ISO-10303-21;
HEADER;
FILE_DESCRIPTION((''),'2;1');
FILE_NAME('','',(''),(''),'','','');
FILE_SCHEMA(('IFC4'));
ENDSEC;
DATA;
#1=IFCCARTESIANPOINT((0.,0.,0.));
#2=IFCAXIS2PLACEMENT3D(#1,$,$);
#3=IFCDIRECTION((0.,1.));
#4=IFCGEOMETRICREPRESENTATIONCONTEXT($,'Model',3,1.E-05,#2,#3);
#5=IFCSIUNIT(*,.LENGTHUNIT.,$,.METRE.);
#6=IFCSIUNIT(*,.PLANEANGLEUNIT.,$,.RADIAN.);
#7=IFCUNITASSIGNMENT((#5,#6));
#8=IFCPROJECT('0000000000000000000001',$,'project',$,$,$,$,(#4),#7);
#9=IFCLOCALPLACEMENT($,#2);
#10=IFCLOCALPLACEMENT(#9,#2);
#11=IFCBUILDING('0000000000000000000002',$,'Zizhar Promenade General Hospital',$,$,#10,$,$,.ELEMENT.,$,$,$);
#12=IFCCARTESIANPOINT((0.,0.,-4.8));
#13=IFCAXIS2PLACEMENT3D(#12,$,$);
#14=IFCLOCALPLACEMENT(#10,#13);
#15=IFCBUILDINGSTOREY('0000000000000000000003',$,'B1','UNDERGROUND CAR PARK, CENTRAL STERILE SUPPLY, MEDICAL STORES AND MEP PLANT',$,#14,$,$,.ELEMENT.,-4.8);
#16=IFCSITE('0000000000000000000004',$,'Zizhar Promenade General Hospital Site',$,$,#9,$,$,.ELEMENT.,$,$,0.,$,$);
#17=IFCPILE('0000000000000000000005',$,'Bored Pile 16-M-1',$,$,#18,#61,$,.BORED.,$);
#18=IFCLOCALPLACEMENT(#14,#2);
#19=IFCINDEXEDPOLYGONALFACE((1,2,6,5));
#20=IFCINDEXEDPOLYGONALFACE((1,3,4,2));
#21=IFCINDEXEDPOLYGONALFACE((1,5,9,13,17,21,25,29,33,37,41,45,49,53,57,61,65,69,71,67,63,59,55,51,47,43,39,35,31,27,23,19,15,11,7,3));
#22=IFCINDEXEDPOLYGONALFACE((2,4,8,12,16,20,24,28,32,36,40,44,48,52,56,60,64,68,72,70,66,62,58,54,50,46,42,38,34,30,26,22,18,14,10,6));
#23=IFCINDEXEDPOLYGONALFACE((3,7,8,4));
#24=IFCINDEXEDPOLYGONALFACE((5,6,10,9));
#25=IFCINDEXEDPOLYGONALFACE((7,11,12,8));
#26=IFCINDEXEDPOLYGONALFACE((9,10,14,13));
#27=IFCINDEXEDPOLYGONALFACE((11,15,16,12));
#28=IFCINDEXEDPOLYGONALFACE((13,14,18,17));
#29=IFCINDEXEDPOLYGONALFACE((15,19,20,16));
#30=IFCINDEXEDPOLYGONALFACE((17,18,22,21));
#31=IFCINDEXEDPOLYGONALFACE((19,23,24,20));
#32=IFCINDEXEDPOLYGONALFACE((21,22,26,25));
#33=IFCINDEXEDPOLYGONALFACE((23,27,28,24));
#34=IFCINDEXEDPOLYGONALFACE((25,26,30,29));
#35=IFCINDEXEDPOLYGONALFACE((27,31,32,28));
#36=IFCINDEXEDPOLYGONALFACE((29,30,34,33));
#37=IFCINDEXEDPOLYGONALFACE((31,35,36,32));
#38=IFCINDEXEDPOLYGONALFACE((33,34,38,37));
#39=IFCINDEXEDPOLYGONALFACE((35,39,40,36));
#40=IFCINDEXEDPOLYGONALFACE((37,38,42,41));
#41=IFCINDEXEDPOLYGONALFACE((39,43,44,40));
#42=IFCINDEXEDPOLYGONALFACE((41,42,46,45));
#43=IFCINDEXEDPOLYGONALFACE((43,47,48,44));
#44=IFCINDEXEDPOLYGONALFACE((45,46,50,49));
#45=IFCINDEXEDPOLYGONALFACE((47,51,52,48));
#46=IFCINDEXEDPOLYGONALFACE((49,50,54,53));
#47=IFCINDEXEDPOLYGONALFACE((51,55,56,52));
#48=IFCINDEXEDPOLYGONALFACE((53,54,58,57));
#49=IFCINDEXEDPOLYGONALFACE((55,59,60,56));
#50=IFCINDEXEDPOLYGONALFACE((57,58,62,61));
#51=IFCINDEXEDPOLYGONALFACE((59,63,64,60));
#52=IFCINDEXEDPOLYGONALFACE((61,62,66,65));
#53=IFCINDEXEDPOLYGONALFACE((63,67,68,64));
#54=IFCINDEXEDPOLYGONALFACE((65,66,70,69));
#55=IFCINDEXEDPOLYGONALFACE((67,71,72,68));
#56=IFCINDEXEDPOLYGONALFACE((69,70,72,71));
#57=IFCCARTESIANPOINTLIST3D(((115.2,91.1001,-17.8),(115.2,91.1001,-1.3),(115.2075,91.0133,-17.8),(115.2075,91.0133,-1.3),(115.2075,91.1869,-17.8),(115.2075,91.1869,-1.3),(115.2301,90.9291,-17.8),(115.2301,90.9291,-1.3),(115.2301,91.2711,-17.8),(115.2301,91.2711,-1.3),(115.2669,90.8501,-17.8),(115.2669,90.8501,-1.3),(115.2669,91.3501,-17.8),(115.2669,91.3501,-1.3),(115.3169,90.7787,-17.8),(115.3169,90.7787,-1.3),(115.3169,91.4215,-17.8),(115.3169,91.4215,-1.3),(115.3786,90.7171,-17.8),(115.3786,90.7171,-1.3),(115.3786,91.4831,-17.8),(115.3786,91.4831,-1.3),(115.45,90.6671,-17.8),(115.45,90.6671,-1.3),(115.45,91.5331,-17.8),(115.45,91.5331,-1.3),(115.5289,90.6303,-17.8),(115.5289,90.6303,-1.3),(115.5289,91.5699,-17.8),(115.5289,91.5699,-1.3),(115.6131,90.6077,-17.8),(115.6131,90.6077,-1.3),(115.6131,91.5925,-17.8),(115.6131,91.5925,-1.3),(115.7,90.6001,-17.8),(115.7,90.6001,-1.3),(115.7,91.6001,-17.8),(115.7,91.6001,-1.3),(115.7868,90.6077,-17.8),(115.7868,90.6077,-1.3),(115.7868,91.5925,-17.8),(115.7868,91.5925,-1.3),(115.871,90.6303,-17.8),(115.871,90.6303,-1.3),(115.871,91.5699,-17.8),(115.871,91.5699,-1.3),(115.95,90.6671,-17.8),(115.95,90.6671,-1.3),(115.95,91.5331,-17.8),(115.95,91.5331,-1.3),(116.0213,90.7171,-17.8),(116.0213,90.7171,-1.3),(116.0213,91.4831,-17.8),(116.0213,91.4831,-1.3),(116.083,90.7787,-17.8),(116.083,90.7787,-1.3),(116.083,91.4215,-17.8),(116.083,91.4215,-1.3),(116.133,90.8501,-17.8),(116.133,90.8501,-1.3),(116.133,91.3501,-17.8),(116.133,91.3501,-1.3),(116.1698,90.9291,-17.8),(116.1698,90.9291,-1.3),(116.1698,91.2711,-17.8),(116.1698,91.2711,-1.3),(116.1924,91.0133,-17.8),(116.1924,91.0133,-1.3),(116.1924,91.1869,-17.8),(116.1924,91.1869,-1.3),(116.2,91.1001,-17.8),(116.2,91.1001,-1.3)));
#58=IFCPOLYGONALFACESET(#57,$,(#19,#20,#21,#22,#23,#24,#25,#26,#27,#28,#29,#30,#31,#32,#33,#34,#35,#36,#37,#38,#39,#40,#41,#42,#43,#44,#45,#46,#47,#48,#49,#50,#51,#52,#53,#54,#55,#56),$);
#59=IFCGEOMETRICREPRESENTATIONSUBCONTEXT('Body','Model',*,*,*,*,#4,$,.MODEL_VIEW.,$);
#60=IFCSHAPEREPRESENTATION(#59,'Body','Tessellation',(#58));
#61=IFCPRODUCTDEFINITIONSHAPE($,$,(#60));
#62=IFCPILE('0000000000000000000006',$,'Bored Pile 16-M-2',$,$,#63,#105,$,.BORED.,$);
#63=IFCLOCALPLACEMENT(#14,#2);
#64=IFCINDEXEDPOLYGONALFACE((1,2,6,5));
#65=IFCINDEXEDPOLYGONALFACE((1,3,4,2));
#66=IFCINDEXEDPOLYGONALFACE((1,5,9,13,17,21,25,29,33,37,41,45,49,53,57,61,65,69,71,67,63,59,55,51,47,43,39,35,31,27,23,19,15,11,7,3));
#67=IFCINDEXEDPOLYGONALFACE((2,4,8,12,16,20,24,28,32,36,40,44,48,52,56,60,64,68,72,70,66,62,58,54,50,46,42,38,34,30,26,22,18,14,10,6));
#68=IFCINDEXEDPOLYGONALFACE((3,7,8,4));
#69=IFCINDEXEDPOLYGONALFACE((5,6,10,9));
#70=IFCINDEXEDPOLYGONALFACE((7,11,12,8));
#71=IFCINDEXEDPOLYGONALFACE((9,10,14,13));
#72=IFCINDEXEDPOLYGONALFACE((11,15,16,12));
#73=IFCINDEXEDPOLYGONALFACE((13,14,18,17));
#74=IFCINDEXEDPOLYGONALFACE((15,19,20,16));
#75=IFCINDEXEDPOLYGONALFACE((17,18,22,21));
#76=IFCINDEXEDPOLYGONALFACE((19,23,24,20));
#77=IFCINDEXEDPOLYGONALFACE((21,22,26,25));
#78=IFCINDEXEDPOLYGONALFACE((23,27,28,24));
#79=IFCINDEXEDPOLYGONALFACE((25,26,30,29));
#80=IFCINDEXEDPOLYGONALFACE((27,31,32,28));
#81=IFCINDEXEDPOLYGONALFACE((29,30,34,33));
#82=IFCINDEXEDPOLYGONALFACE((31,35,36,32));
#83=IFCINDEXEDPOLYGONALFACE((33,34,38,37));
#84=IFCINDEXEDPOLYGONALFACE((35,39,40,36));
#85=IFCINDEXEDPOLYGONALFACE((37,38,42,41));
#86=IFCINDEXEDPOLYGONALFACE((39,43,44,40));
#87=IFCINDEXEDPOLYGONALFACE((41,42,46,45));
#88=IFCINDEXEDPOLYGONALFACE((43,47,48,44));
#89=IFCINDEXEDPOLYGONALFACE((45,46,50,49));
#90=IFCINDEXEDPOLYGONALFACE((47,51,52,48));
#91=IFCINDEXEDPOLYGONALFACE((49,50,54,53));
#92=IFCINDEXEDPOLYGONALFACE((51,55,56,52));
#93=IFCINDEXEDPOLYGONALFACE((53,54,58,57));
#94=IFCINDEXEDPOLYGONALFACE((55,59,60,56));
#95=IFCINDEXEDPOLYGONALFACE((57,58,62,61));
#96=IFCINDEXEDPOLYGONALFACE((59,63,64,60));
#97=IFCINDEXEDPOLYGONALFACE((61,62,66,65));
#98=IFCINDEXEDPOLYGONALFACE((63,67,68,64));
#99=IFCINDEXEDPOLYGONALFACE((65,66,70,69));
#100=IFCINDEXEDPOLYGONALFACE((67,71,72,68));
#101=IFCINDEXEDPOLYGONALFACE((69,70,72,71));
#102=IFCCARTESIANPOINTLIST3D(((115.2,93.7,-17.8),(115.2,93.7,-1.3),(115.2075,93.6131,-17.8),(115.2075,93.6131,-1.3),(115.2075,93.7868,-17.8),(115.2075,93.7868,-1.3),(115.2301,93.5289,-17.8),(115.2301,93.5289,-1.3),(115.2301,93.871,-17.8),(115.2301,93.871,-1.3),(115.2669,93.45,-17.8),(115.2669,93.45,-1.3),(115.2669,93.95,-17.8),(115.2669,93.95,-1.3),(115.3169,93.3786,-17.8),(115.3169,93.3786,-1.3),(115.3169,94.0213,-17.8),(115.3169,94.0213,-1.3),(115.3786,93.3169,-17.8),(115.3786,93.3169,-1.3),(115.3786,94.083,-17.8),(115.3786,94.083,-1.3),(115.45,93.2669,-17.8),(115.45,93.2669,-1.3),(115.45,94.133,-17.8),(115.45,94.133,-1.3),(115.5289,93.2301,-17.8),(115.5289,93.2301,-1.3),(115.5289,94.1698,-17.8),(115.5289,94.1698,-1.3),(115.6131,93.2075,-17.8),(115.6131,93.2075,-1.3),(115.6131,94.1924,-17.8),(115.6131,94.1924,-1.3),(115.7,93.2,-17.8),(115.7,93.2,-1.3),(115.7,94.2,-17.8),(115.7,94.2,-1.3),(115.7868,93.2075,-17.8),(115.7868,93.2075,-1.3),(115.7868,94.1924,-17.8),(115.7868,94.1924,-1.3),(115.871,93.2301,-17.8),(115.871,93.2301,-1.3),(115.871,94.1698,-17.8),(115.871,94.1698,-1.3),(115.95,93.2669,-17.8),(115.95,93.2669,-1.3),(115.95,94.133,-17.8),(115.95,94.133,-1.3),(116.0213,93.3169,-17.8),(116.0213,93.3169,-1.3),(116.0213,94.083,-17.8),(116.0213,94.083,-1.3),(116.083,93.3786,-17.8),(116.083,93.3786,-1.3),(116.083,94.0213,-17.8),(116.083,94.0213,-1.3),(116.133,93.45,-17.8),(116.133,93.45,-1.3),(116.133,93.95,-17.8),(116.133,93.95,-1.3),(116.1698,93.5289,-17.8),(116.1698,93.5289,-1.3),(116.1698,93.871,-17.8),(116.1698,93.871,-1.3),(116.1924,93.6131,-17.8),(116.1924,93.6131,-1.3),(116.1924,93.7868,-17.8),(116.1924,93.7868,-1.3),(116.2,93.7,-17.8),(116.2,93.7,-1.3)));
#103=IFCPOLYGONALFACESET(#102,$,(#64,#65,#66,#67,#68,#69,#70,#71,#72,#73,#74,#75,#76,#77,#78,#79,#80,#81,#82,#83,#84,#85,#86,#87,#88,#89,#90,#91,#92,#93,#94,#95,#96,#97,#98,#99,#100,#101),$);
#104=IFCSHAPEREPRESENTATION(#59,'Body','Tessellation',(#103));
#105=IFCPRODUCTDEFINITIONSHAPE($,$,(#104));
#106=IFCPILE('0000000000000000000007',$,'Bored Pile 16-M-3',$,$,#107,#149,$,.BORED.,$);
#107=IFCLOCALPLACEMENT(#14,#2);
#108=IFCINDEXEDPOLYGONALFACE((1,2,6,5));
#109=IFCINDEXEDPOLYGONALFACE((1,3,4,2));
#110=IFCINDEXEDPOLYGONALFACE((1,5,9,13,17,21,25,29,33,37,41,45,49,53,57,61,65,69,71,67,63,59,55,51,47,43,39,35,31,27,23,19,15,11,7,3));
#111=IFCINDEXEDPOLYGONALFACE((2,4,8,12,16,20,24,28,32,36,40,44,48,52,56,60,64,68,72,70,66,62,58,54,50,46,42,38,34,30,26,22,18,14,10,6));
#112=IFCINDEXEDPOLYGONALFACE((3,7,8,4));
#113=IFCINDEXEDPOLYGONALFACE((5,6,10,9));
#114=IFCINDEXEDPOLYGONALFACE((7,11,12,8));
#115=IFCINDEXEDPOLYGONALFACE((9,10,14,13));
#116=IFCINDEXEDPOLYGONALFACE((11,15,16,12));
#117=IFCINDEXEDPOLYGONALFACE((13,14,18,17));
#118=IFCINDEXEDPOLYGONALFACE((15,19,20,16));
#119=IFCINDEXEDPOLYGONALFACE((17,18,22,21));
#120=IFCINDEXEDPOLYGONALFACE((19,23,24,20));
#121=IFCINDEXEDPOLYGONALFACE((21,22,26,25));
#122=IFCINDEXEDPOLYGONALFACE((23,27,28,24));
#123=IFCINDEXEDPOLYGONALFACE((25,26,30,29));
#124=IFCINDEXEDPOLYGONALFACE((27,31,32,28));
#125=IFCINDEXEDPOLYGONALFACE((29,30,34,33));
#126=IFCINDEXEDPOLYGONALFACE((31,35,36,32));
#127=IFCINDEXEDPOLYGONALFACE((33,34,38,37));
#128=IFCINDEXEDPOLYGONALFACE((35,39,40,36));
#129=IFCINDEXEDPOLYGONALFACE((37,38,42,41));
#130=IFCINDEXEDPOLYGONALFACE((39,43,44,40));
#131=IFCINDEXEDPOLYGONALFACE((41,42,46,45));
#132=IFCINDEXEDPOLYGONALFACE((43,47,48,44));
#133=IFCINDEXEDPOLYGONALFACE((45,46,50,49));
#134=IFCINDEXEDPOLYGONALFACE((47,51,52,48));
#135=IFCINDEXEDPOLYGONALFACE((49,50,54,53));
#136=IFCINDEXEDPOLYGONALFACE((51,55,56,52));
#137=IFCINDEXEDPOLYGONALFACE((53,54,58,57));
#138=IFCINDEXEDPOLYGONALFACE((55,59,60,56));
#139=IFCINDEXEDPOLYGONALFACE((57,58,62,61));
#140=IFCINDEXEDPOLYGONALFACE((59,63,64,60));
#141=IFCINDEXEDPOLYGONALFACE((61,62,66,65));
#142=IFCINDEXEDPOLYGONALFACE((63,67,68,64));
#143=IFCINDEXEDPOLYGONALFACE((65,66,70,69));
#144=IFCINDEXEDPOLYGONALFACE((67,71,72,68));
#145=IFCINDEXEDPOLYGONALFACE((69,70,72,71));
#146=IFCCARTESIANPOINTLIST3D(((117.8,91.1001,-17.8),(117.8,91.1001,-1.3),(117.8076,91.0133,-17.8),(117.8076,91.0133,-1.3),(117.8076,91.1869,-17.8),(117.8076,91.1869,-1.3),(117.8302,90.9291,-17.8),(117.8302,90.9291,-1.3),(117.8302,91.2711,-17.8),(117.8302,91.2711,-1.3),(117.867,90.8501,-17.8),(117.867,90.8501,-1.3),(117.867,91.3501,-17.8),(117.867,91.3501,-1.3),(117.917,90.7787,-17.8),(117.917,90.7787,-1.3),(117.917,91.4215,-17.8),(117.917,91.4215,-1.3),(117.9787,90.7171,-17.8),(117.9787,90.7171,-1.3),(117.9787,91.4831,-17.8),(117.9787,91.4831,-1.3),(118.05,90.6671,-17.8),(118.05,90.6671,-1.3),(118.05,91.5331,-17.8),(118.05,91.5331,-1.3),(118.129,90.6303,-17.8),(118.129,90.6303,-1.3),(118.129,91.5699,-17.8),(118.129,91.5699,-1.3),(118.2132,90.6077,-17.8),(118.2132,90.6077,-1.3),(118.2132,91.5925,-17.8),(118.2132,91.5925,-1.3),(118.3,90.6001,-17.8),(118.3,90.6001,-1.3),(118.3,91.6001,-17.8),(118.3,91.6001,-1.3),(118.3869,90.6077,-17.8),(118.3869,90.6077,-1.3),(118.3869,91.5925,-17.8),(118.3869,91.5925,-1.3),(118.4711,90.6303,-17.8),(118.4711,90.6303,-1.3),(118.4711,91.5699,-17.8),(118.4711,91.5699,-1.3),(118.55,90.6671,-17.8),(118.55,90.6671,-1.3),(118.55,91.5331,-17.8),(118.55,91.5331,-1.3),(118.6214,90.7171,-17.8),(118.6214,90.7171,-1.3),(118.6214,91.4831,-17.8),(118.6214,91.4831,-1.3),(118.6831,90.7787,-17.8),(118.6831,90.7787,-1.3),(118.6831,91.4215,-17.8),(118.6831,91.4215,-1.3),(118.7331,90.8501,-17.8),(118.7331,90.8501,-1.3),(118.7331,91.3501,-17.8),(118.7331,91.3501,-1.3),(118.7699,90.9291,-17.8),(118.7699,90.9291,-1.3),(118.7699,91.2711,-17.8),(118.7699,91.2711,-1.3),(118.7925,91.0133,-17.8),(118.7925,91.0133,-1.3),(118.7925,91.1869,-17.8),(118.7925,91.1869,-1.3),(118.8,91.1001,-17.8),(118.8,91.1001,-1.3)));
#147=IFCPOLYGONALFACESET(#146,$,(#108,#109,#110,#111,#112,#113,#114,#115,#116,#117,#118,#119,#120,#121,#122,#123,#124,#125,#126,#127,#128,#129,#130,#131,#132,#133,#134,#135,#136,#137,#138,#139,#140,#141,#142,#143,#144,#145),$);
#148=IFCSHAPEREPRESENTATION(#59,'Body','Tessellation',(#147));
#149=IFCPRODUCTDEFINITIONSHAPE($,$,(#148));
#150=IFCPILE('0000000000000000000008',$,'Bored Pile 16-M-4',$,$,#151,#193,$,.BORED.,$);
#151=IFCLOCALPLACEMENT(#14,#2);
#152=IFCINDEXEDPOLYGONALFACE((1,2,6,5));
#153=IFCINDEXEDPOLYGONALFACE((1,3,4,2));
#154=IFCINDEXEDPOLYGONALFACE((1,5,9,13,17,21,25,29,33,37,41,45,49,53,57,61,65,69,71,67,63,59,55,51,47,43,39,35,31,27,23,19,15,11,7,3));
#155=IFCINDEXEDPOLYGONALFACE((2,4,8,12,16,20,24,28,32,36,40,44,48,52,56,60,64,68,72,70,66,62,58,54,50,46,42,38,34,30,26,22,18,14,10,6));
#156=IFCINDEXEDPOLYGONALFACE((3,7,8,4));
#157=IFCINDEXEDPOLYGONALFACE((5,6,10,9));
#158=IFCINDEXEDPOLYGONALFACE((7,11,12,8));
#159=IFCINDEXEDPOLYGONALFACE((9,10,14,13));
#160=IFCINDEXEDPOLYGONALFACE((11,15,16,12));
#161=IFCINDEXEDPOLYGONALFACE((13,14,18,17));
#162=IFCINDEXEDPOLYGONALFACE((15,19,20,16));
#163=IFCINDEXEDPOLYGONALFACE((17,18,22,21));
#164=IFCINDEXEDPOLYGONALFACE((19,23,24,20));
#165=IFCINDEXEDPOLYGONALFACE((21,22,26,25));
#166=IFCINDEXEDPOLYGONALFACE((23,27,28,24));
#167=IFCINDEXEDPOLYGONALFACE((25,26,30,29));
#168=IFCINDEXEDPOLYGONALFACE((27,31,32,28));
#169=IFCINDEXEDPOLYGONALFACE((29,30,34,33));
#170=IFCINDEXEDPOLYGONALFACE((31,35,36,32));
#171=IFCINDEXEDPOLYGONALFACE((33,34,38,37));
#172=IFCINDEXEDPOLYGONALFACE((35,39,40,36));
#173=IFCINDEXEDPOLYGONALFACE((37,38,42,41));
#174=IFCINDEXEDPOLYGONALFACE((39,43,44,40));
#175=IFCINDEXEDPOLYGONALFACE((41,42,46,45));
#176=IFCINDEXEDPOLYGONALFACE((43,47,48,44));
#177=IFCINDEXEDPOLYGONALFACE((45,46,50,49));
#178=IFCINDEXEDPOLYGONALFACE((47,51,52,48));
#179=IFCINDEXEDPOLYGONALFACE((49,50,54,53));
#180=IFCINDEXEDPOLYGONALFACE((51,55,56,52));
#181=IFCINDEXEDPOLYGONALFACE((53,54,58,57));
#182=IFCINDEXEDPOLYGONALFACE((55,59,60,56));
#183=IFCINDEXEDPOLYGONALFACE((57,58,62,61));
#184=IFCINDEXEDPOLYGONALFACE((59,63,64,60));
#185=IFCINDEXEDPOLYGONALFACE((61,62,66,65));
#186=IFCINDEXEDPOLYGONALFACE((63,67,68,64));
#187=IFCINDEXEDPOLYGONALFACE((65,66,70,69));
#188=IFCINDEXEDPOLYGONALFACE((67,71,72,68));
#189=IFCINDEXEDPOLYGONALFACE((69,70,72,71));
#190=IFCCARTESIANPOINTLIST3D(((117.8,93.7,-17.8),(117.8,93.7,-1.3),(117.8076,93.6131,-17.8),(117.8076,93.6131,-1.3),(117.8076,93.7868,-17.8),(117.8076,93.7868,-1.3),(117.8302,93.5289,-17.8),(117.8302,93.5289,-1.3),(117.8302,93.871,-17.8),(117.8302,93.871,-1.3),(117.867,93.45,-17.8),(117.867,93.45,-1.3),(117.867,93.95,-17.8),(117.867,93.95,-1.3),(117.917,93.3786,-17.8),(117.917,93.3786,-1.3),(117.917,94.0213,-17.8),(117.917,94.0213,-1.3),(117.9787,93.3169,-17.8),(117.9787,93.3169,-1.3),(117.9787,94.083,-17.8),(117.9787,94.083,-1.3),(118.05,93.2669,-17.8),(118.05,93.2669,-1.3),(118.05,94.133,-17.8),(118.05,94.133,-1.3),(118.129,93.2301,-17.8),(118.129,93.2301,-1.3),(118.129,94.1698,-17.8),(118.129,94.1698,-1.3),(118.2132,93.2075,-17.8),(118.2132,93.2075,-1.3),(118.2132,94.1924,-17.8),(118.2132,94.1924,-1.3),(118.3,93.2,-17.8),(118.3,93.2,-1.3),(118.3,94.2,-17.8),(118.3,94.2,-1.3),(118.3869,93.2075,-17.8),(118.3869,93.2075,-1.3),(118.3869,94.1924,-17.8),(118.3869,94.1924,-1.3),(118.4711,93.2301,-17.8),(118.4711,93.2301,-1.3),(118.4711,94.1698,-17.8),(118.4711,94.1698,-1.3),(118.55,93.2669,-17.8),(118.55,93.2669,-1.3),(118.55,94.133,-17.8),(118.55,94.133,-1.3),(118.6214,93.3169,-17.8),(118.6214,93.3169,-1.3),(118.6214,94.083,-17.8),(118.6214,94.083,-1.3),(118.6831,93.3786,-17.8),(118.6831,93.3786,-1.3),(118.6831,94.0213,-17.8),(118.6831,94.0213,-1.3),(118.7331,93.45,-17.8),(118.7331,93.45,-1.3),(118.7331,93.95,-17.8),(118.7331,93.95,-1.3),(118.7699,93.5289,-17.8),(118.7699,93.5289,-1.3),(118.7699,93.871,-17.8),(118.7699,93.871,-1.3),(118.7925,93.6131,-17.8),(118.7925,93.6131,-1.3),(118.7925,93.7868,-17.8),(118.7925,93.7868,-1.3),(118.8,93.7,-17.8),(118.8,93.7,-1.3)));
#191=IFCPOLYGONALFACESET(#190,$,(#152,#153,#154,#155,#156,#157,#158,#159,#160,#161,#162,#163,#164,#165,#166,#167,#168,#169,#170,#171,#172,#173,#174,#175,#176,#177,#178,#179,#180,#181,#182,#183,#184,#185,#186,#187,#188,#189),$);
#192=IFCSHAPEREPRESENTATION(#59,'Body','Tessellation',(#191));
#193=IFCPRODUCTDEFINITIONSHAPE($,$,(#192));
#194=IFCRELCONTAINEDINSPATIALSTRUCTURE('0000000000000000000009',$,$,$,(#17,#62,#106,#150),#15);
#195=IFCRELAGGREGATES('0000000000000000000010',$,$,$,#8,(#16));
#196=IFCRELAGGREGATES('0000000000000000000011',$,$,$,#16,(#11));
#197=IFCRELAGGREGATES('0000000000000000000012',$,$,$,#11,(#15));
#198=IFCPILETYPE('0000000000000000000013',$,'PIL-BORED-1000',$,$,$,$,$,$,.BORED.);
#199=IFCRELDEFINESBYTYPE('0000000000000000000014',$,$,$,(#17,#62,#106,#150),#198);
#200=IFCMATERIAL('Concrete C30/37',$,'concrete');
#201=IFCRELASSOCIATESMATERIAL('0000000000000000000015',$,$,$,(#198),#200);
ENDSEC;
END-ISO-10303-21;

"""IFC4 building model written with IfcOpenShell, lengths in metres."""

from ifc_helpers import new_model, si_unit, direction, frame, origin, origin_2d, place, context, subcontext, project, spatial, circle, extrude, material, material_profile, profile_set, type_object, element, save


model = new_model("IFC4")

# Units and contexts
model_context = context("Model", 3, precision=1e-05, world=origin(), true_north=direction((0.0, 1.0)))
body_context = subcontext(model_context, "Body", "Model", "MODEL_VIEW")
ifc_project = project(units=[si_unit("LENGTHUNIT", "METRE"), si_unit("PLANEANGLEUNIT", "RADIAN")], contexts=[model_context])

# Site, building, storey
site_placement = place(None, origin())
site = spatial("IfcSite", under=ifc_project, at=site_placement, Name="Zizhar Promenade General Hospital Site", CompositionType="ELEMENT", RefElevation=0.0)
building_placement = place(site_placement, origin())
building = spatial("IfcBuilding", under=site, at=building_placement, Name="Zizhar Promenade General Hospital", CompositionType="ELEMENT")
storey_placement = place(building_placement, frame((0.0, 0.0, -4.8)))
storey = spatial("IfcBuildingStorey", under=building, at=storey_placement, Name="B1", Description="UNDERGROUND CAR PARK, CENTRAL STERILE SUPPLY, MEDICAL STORES AND MEP PLANT", CompositionType="ELEMENT", Elevation=-4.8)

# Piles
ifc_material_1 = material(Name="Concrete C30/37", Category="concrete")
ifc_material_profile_1 = material_profile(ifc_material_1, circle(Radius=0.5, at=origin_2d()))
ifc_profile_set_1 = profile_set([ifc_material_profile_1], Name="Concrete C30/37")
pile_type = type_object("IfcPileType", Name="PIL-BORED-1000", PredefinedType="BORED", material=ifc_profile_set_1)
for number, where, z_axis, x_axis, name in (
    (1, (115.7, 91.1001, -1.3), (0.0, 0.0, -1.0), (1.0, 0.0, 0.0), "Bored Pile 16-M-1"),
    (2, (115.7, 93.7, -1.3), (0.0, 0.0, -1.0), (1.0, 0.0, 0.0), "Bored Pile 16-M-2"),
    (3, (118.3, 91.1001, -1.3), (0.0, 0.0, -1.0), (1.0, 0.0, 0.0), "Bored Pile 16-M-3"),
    (4, (118.3, 93.7, -1.3), (0.0, 0.0, -1.0), (1.0, 0.0, 0.0), "Bored Pile 16-M-4"),
):
    element("IfcPile", number, at=place(storey_placement, frame(where, z_axis=z_axis, x_axis=x_axis)), inside=storey, type_object=pile_type, Name=name, PredefinedType="BORED", context=body_context, shape_type="SweptSolid", body=[
        extrude(circle(Radius=0.5, at=origin_2d()), origin(), (0.0, 0.0, 1.0), 16.5),
    ])

save(model, "model.ifc")
